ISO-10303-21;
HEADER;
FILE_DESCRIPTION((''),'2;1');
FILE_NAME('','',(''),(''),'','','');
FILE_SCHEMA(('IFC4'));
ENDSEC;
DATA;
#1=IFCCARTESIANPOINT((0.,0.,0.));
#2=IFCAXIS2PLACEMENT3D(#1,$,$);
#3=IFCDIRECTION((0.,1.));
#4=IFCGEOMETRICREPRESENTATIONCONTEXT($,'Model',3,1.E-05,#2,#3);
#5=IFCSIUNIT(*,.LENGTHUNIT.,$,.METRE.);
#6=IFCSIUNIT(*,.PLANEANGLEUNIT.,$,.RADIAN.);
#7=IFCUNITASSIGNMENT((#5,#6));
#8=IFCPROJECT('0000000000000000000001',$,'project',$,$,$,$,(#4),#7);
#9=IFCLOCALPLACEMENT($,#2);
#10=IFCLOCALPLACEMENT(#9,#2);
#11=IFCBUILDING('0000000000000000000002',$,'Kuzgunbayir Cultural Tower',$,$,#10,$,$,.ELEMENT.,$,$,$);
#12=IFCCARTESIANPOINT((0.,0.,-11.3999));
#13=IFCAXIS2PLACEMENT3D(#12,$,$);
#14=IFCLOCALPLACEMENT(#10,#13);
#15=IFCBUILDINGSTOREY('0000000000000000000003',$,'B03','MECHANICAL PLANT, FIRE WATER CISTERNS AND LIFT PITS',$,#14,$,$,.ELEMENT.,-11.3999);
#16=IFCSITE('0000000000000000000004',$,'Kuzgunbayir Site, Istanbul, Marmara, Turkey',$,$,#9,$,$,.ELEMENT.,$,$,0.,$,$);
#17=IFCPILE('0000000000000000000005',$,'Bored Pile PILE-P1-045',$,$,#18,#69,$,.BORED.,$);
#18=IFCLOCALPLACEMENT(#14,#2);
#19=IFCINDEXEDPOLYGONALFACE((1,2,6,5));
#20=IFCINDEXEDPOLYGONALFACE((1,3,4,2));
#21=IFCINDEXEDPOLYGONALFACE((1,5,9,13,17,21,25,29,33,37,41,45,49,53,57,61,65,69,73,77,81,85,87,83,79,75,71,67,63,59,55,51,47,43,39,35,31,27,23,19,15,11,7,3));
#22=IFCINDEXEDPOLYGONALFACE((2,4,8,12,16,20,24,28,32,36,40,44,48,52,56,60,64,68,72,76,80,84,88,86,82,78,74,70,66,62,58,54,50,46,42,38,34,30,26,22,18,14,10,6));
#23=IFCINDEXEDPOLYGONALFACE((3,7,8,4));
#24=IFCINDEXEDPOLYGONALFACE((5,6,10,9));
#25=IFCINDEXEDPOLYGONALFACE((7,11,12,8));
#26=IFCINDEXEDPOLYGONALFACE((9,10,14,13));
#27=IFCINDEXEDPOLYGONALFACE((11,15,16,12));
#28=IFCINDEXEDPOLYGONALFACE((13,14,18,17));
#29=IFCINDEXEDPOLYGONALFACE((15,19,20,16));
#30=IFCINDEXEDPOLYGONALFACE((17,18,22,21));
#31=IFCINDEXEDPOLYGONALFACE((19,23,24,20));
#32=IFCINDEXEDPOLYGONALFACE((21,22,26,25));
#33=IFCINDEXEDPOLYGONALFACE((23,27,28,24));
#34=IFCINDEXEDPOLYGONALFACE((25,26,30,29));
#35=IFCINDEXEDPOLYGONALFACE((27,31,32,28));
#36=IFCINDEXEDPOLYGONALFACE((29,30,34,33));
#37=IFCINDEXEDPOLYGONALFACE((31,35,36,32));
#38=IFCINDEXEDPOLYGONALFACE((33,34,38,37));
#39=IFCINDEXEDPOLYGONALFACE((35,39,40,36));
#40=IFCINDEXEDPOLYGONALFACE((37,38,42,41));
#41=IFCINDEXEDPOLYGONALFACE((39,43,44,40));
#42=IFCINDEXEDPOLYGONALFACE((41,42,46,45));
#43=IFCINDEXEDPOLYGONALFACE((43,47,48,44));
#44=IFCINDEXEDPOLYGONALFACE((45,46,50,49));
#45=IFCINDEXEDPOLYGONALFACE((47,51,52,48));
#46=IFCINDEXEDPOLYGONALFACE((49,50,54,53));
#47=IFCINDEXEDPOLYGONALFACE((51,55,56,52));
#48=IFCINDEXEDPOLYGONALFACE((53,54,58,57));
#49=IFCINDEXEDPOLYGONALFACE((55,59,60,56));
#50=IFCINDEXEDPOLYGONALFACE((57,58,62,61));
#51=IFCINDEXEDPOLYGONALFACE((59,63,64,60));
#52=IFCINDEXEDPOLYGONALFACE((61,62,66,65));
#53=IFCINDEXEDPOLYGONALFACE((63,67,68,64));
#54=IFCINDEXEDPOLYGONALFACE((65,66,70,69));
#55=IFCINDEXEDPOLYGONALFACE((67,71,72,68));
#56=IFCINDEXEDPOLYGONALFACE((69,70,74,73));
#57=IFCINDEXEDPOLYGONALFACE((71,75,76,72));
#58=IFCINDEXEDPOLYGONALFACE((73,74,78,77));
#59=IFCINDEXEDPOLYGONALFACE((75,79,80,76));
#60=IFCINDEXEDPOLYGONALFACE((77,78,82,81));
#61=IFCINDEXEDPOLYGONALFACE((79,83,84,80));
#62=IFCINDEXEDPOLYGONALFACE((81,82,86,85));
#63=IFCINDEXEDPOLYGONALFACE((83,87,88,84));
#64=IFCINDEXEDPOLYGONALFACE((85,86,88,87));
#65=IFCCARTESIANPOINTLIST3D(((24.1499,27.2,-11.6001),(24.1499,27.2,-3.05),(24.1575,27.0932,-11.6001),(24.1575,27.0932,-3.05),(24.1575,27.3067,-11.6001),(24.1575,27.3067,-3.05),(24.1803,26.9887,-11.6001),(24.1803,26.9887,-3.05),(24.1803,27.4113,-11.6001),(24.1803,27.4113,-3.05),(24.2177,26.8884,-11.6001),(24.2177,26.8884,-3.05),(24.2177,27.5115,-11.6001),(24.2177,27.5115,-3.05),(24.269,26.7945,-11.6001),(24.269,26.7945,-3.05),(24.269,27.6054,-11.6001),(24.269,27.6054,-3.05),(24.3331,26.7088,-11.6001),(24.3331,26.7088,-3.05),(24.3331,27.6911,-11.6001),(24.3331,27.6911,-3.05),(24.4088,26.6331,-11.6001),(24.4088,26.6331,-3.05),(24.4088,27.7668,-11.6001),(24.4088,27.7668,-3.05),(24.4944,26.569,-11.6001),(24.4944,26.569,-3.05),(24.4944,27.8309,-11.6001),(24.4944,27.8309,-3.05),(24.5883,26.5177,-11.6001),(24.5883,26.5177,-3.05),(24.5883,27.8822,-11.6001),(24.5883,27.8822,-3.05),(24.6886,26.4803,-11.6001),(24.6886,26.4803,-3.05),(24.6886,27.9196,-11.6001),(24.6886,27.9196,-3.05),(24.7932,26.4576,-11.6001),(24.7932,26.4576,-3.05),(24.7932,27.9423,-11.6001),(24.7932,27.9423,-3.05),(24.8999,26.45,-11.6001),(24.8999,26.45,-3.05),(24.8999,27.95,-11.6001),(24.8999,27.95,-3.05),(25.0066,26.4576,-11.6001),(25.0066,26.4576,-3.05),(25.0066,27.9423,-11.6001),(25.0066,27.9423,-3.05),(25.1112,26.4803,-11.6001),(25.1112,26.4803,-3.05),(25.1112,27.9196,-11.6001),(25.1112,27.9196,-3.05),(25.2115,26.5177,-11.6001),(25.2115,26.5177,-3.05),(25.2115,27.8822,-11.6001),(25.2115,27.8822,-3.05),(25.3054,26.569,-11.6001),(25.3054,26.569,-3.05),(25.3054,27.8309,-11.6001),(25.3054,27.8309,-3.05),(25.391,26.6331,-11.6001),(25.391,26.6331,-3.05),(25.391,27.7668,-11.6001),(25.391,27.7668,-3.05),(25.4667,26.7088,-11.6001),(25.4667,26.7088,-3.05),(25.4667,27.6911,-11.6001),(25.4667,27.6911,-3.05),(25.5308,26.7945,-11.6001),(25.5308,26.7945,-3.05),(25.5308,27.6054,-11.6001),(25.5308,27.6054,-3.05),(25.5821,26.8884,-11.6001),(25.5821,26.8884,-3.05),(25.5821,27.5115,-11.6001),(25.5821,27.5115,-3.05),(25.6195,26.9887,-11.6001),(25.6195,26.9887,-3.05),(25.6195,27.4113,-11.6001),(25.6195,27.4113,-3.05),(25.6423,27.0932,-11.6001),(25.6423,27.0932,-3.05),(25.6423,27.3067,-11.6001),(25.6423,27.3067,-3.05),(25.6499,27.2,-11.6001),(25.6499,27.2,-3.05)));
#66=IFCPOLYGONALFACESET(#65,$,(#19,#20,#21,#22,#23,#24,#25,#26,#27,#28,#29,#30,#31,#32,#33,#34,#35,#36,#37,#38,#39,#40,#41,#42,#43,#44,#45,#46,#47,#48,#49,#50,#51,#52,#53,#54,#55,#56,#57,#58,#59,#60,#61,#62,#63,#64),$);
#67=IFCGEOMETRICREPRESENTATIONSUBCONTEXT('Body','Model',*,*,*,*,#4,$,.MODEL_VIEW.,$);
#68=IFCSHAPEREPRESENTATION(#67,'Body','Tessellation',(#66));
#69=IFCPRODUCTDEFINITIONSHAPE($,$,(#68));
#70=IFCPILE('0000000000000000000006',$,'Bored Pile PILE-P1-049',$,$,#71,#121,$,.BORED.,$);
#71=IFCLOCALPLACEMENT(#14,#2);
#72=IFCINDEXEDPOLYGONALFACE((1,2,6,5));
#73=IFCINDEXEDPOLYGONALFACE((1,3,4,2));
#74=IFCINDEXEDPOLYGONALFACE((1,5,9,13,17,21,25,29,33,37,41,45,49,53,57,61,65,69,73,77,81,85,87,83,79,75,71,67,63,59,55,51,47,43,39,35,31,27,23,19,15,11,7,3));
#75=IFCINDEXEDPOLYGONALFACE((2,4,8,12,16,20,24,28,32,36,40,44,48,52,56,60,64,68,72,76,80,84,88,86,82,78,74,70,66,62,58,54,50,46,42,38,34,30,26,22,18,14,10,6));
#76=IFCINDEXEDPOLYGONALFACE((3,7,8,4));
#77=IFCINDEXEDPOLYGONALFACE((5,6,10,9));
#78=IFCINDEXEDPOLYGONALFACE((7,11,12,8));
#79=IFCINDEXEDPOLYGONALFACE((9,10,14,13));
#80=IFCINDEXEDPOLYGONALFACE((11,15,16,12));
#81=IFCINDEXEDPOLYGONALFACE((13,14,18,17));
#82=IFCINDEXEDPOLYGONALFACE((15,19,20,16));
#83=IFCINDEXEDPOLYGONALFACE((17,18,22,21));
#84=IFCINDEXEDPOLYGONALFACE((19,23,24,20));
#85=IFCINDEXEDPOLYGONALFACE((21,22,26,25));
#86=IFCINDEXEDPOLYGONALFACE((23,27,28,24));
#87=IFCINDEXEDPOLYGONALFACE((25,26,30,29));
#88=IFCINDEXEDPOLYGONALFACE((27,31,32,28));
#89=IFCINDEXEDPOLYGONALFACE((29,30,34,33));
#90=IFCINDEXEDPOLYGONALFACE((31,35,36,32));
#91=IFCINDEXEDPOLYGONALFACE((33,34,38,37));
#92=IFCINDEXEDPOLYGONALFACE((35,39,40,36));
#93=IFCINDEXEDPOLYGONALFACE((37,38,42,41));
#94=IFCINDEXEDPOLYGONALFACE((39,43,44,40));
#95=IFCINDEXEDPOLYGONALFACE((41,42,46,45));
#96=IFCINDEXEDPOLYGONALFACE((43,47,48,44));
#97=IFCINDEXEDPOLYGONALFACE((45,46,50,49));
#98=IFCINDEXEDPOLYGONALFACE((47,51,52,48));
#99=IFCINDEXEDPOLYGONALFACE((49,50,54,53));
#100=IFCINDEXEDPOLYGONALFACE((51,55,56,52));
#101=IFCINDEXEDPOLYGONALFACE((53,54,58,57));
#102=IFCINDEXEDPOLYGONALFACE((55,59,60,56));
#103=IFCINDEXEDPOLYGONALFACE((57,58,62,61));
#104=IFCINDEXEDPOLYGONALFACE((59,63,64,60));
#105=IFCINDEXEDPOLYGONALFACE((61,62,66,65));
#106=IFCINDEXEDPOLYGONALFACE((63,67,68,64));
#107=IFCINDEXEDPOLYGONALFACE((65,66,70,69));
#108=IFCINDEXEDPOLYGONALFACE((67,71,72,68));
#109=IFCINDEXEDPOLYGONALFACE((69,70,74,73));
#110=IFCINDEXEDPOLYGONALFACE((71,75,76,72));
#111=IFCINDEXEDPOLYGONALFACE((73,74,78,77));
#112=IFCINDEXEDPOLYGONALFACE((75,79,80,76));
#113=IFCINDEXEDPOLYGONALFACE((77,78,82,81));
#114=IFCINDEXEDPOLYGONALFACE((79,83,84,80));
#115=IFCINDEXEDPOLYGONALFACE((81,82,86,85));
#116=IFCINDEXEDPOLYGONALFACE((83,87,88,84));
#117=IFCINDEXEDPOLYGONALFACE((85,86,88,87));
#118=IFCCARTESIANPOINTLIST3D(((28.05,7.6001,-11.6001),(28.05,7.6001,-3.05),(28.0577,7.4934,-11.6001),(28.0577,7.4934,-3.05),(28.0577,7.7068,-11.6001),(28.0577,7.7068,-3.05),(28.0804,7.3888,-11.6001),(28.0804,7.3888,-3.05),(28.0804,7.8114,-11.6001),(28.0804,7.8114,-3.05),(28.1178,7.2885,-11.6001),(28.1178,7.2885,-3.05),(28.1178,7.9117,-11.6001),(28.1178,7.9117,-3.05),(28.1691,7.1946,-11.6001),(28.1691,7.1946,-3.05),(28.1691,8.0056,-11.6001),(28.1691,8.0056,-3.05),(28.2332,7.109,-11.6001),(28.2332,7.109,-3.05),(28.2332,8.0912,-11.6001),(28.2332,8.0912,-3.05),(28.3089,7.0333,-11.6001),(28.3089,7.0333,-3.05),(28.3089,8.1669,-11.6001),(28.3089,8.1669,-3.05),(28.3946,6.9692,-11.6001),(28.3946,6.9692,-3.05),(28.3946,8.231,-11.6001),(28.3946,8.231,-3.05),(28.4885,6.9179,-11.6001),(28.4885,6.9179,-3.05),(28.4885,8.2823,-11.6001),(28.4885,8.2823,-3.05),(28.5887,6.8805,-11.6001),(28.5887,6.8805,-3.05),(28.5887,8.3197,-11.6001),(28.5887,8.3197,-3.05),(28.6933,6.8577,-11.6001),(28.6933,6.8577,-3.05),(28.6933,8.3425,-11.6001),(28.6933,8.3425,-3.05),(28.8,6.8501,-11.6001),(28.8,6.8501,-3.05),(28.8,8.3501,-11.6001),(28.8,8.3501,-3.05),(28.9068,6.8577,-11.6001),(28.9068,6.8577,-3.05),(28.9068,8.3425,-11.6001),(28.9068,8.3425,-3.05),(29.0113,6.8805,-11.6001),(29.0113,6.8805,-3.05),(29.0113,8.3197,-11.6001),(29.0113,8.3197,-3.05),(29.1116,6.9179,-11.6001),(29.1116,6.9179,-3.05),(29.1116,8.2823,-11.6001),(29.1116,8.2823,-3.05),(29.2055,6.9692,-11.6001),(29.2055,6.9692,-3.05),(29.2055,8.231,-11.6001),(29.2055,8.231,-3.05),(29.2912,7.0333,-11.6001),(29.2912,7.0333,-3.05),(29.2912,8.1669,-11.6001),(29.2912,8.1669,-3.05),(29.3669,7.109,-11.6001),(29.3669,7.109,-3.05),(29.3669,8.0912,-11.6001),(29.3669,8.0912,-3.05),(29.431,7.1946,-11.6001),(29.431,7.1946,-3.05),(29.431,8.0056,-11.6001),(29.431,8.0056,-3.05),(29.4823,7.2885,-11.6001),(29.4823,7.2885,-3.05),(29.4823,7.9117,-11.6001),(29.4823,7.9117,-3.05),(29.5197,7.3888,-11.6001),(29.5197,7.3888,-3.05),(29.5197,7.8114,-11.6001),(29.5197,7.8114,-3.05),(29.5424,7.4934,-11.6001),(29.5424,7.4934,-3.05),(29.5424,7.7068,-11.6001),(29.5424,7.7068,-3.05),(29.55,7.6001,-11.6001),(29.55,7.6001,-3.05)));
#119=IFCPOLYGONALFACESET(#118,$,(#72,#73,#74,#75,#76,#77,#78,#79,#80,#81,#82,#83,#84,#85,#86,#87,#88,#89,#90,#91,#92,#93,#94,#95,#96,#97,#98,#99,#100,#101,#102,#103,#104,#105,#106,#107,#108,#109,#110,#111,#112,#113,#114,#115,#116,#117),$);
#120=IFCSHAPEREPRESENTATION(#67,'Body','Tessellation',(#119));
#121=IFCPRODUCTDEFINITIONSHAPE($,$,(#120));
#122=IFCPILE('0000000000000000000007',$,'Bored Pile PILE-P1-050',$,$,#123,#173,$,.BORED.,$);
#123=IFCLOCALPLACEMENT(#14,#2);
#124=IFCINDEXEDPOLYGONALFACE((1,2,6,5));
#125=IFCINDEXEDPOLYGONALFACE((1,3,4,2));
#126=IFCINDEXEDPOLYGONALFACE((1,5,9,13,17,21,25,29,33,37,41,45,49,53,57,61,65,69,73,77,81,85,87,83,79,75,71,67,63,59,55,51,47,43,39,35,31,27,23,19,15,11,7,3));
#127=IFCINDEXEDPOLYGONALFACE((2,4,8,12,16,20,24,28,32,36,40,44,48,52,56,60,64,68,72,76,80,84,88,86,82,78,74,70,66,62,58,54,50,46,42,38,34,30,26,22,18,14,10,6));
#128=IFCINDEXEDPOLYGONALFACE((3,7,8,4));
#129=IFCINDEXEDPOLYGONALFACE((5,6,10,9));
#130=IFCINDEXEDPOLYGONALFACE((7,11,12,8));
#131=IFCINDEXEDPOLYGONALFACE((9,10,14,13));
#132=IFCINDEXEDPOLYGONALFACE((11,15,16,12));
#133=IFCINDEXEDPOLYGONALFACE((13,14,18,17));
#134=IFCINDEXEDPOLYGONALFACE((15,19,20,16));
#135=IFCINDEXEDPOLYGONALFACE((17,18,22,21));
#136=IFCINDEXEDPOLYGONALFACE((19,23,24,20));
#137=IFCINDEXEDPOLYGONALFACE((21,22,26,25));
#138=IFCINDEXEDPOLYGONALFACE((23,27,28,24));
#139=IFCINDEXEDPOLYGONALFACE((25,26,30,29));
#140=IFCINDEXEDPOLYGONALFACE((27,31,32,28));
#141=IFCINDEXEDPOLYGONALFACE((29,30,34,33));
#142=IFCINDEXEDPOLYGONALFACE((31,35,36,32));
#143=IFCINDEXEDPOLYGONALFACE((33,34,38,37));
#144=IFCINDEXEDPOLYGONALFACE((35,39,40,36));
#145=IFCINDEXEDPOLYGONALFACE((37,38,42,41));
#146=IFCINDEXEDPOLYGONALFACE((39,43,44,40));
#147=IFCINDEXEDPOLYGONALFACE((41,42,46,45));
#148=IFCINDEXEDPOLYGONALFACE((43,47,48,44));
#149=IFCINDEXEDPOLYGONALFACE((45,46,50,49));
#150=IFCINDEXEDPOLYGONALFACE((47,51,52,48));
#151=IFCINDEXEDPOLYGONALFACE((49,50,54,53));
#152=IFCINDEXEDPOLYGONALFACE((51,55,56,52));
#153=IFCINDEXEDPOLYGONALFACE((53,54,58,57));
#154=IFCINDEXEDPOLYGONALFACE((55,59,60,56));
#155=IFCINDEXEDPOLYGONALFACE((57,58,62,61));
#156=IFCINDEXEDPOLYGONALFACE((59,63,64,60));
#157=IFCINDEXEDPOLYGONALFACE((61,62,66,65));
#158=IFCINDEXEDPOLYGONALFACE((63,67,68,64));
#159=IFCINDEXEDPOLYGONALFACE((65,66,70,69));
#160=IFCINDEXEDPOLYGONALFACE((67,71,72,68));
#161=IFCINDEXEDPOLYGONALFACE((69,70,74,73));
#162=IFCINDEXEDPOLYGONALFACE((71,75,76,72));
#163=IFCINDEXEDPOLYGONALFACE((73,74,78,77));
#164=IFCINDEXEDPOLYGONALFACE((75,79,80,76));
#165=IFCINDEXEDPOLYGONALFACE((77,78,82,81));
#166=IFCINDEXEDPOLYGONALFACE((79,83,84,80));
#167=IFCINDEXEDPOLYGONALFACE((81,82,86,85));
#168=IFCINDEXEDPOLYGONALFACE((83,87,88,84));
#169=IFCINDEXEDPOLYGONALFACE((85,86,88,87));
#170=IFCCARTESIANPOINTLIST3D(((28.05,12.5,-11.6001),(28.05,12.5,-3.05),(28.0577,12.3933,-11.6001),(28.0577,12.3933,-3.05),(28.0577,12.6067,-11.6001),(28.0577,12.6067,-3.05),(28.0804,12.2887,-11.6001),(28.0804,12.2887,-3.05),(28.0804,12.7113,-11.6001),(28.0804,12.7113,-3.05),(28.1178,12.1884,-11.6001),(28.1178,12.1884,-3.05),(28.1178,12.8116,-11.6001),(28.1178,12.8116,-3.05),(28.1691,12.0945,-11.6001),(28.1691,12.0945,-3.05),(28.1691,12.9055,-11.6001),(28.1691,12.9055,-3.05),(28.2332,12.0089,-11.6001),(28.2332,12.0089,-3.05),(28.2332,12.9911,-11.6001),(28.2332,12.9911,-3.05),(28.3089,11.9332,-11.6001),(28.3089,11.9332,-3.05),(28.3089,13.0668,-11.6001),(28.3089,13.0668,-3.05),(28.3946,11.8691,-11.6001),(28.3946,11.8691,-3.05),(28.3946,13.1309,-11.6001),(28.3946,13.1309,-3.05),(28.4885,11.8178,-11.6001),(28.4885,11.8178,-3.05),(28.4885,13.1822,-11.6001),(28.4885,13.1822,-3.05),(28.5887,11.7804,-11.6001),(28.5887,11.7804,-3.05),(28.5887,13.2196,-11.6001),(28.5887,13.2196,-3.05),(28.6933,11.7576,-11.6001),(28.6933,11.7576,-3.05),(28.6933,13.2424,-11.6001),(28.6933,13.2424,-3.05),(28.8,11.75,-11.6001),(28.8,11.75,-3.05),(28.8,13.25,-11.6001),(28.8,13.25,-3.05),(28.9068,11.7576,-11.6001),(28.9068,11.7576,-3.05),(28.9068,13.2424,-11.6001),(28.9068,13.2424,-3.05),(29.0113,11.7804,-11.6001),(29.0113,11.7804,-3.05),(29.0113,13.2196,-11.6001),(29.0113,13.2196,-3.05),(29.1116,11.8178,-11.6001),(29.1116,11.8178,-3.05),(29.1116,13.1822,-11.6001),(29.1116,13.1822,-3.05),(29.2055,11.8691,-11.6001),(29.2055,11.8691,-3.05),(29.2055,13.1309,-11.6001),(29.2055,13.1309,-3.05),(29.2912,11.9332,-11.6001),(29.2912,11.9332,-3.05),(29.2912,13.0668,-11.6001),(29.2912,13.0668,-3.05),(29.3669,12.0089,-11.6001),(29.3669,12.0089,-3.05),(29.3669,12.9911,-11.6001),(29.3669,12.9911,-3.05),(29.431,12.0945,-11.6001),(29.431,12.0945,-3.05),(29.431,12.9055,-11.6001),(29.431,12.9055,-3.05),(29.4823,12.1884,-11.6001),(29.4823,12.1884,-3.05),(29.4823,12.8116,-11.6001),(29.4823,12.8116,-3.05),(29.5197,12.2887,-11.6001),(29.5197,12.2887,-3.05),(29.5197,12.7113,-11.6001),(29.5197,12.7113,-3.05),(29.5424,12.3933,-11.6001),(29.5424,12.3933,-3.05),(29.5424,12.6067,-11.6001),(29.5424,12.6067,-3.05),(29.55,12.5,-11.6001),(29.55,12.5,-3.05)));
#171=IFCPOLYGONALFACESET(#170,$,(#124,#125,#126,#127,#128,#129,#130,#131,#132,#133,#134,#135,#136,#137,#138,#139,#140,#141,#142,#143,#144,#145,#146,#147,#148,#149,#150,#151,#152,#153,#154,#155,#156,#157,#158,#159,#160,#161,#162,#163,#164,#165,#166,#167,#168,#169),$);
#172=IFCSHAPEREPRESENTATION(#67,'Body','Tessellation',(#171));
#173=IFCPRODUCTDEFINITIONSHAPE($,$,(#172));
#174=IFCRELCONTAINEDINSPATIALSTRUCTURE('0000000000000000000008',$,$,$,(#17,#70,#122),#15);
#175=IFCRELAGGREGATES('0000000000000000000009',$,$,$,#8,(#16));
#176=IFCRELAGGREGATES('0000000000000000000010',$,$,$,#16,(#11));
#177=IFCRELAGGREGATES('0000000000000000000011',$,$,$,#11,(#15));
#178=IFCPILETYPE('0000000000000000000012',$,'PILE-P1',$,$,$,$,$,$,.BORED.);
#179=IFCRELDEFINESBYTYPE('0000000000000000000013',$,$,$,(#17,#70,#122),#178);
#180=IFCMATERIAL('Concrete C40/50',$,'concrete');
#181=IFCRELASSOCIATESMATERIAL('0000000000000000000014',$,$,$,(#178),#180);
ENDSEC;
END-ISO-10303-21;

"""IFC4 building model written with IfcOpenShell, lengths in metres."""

from ifc_helpers import new_model, si_unit, direction, frame, origin, origin_2d, place, context, subcontext, project, spatial, circle, extrude, material, material_profile, profile_set, type_object, element, save


model = new_model("IFC4")

# Units and contexts
model_context = context("Model", 3, precision=1e-05, world=origin(), true_north=direction((0.0, 1.0)))
body_context = subcontext(model_context, "Body", "Model", "MODEL_VIEW")
ifc_project = project(units=[si_unit("LENGTHUNIT", "METRE"), si_unit("PLANEANGLEUNIT", "RADIAN")], contexts=[model_context])

# Site, building, storey
site_placement = place(None, origin())
site = spatial("IfcSite", under=ifc_project, at=site_placement, Name="Kuzgunbayir Site, Istanbul, Marmara, Turkey", CompositionType="ELEMENT", RefElevation=0.0)
building_placement = place(site_placement, origin())
building = spatial("IfcBuilding", under=site, at=building_placement, Name="Kuzgunbayir Cultural Tower", CompositionType="ELEMENT")
storey_placement = place(building_placement, frame((0.0, 0.0, -11.3999)))
storey = spatial("IfcBuildingStorey", under=building, at=storey_placement, Name="B03", Description="MECHANICAL PLANT, FIRE WATER CISTERNS AND LIFT PITS", CompositionType="ELEMENT", Elevation=-11.3999)

# Piles
ifc_material_1 = material(Name="Concrete C40/50", Category="concrete")
ifc_material_profile_1 = material_profile(ifc_material_1, circle(Radius=0.75, at=origin_2d()), Name="BORED PILE 1500")
ifc_profile_set_1 = profile_set([ifc_material_profile_1], Name="Concrete C40/50")
pile_type_1 = type_object("IfcPileType", Name="PILE-P1", PredefinedType="BORED", material=ifc_profile_set_1)
for number, where, z_axis, x_axis, name in (
    (1, (24.8999, 27.2, -3.05), (0.0, 0.0, -1.0), (1.0, 0.0, 0.0), "Bored Pile PILE-P1-045"),
    (2, (28.8, 7.6001, -3.05), (0.0, 0.0, -1.0), (1.0, 0.0, 0.0), "Bored Pile PILE-P1-049"),
    (3, (28.8, 12.5, -3.05), (0.0, 0.0, -1.0), (1.0, 0.0, 0.0), "Bored Pile PILE-P1-050"),
):
    element("IfcPile", number, at=place(storey_placement, frame(where, z_axis=z_axis, x_axis=x_axis)), inside=storey, type_object=pile_type_1, Name=name, PredefinedType="BORED", context=body_context, shape_type="SweptSolid", body=[
        extrude(circle(Radius=0.75, at=origin_2d()), origin(), (0.0, 0.0, 1.0), 8.55),
    ])

save(model, "model.ifc")
